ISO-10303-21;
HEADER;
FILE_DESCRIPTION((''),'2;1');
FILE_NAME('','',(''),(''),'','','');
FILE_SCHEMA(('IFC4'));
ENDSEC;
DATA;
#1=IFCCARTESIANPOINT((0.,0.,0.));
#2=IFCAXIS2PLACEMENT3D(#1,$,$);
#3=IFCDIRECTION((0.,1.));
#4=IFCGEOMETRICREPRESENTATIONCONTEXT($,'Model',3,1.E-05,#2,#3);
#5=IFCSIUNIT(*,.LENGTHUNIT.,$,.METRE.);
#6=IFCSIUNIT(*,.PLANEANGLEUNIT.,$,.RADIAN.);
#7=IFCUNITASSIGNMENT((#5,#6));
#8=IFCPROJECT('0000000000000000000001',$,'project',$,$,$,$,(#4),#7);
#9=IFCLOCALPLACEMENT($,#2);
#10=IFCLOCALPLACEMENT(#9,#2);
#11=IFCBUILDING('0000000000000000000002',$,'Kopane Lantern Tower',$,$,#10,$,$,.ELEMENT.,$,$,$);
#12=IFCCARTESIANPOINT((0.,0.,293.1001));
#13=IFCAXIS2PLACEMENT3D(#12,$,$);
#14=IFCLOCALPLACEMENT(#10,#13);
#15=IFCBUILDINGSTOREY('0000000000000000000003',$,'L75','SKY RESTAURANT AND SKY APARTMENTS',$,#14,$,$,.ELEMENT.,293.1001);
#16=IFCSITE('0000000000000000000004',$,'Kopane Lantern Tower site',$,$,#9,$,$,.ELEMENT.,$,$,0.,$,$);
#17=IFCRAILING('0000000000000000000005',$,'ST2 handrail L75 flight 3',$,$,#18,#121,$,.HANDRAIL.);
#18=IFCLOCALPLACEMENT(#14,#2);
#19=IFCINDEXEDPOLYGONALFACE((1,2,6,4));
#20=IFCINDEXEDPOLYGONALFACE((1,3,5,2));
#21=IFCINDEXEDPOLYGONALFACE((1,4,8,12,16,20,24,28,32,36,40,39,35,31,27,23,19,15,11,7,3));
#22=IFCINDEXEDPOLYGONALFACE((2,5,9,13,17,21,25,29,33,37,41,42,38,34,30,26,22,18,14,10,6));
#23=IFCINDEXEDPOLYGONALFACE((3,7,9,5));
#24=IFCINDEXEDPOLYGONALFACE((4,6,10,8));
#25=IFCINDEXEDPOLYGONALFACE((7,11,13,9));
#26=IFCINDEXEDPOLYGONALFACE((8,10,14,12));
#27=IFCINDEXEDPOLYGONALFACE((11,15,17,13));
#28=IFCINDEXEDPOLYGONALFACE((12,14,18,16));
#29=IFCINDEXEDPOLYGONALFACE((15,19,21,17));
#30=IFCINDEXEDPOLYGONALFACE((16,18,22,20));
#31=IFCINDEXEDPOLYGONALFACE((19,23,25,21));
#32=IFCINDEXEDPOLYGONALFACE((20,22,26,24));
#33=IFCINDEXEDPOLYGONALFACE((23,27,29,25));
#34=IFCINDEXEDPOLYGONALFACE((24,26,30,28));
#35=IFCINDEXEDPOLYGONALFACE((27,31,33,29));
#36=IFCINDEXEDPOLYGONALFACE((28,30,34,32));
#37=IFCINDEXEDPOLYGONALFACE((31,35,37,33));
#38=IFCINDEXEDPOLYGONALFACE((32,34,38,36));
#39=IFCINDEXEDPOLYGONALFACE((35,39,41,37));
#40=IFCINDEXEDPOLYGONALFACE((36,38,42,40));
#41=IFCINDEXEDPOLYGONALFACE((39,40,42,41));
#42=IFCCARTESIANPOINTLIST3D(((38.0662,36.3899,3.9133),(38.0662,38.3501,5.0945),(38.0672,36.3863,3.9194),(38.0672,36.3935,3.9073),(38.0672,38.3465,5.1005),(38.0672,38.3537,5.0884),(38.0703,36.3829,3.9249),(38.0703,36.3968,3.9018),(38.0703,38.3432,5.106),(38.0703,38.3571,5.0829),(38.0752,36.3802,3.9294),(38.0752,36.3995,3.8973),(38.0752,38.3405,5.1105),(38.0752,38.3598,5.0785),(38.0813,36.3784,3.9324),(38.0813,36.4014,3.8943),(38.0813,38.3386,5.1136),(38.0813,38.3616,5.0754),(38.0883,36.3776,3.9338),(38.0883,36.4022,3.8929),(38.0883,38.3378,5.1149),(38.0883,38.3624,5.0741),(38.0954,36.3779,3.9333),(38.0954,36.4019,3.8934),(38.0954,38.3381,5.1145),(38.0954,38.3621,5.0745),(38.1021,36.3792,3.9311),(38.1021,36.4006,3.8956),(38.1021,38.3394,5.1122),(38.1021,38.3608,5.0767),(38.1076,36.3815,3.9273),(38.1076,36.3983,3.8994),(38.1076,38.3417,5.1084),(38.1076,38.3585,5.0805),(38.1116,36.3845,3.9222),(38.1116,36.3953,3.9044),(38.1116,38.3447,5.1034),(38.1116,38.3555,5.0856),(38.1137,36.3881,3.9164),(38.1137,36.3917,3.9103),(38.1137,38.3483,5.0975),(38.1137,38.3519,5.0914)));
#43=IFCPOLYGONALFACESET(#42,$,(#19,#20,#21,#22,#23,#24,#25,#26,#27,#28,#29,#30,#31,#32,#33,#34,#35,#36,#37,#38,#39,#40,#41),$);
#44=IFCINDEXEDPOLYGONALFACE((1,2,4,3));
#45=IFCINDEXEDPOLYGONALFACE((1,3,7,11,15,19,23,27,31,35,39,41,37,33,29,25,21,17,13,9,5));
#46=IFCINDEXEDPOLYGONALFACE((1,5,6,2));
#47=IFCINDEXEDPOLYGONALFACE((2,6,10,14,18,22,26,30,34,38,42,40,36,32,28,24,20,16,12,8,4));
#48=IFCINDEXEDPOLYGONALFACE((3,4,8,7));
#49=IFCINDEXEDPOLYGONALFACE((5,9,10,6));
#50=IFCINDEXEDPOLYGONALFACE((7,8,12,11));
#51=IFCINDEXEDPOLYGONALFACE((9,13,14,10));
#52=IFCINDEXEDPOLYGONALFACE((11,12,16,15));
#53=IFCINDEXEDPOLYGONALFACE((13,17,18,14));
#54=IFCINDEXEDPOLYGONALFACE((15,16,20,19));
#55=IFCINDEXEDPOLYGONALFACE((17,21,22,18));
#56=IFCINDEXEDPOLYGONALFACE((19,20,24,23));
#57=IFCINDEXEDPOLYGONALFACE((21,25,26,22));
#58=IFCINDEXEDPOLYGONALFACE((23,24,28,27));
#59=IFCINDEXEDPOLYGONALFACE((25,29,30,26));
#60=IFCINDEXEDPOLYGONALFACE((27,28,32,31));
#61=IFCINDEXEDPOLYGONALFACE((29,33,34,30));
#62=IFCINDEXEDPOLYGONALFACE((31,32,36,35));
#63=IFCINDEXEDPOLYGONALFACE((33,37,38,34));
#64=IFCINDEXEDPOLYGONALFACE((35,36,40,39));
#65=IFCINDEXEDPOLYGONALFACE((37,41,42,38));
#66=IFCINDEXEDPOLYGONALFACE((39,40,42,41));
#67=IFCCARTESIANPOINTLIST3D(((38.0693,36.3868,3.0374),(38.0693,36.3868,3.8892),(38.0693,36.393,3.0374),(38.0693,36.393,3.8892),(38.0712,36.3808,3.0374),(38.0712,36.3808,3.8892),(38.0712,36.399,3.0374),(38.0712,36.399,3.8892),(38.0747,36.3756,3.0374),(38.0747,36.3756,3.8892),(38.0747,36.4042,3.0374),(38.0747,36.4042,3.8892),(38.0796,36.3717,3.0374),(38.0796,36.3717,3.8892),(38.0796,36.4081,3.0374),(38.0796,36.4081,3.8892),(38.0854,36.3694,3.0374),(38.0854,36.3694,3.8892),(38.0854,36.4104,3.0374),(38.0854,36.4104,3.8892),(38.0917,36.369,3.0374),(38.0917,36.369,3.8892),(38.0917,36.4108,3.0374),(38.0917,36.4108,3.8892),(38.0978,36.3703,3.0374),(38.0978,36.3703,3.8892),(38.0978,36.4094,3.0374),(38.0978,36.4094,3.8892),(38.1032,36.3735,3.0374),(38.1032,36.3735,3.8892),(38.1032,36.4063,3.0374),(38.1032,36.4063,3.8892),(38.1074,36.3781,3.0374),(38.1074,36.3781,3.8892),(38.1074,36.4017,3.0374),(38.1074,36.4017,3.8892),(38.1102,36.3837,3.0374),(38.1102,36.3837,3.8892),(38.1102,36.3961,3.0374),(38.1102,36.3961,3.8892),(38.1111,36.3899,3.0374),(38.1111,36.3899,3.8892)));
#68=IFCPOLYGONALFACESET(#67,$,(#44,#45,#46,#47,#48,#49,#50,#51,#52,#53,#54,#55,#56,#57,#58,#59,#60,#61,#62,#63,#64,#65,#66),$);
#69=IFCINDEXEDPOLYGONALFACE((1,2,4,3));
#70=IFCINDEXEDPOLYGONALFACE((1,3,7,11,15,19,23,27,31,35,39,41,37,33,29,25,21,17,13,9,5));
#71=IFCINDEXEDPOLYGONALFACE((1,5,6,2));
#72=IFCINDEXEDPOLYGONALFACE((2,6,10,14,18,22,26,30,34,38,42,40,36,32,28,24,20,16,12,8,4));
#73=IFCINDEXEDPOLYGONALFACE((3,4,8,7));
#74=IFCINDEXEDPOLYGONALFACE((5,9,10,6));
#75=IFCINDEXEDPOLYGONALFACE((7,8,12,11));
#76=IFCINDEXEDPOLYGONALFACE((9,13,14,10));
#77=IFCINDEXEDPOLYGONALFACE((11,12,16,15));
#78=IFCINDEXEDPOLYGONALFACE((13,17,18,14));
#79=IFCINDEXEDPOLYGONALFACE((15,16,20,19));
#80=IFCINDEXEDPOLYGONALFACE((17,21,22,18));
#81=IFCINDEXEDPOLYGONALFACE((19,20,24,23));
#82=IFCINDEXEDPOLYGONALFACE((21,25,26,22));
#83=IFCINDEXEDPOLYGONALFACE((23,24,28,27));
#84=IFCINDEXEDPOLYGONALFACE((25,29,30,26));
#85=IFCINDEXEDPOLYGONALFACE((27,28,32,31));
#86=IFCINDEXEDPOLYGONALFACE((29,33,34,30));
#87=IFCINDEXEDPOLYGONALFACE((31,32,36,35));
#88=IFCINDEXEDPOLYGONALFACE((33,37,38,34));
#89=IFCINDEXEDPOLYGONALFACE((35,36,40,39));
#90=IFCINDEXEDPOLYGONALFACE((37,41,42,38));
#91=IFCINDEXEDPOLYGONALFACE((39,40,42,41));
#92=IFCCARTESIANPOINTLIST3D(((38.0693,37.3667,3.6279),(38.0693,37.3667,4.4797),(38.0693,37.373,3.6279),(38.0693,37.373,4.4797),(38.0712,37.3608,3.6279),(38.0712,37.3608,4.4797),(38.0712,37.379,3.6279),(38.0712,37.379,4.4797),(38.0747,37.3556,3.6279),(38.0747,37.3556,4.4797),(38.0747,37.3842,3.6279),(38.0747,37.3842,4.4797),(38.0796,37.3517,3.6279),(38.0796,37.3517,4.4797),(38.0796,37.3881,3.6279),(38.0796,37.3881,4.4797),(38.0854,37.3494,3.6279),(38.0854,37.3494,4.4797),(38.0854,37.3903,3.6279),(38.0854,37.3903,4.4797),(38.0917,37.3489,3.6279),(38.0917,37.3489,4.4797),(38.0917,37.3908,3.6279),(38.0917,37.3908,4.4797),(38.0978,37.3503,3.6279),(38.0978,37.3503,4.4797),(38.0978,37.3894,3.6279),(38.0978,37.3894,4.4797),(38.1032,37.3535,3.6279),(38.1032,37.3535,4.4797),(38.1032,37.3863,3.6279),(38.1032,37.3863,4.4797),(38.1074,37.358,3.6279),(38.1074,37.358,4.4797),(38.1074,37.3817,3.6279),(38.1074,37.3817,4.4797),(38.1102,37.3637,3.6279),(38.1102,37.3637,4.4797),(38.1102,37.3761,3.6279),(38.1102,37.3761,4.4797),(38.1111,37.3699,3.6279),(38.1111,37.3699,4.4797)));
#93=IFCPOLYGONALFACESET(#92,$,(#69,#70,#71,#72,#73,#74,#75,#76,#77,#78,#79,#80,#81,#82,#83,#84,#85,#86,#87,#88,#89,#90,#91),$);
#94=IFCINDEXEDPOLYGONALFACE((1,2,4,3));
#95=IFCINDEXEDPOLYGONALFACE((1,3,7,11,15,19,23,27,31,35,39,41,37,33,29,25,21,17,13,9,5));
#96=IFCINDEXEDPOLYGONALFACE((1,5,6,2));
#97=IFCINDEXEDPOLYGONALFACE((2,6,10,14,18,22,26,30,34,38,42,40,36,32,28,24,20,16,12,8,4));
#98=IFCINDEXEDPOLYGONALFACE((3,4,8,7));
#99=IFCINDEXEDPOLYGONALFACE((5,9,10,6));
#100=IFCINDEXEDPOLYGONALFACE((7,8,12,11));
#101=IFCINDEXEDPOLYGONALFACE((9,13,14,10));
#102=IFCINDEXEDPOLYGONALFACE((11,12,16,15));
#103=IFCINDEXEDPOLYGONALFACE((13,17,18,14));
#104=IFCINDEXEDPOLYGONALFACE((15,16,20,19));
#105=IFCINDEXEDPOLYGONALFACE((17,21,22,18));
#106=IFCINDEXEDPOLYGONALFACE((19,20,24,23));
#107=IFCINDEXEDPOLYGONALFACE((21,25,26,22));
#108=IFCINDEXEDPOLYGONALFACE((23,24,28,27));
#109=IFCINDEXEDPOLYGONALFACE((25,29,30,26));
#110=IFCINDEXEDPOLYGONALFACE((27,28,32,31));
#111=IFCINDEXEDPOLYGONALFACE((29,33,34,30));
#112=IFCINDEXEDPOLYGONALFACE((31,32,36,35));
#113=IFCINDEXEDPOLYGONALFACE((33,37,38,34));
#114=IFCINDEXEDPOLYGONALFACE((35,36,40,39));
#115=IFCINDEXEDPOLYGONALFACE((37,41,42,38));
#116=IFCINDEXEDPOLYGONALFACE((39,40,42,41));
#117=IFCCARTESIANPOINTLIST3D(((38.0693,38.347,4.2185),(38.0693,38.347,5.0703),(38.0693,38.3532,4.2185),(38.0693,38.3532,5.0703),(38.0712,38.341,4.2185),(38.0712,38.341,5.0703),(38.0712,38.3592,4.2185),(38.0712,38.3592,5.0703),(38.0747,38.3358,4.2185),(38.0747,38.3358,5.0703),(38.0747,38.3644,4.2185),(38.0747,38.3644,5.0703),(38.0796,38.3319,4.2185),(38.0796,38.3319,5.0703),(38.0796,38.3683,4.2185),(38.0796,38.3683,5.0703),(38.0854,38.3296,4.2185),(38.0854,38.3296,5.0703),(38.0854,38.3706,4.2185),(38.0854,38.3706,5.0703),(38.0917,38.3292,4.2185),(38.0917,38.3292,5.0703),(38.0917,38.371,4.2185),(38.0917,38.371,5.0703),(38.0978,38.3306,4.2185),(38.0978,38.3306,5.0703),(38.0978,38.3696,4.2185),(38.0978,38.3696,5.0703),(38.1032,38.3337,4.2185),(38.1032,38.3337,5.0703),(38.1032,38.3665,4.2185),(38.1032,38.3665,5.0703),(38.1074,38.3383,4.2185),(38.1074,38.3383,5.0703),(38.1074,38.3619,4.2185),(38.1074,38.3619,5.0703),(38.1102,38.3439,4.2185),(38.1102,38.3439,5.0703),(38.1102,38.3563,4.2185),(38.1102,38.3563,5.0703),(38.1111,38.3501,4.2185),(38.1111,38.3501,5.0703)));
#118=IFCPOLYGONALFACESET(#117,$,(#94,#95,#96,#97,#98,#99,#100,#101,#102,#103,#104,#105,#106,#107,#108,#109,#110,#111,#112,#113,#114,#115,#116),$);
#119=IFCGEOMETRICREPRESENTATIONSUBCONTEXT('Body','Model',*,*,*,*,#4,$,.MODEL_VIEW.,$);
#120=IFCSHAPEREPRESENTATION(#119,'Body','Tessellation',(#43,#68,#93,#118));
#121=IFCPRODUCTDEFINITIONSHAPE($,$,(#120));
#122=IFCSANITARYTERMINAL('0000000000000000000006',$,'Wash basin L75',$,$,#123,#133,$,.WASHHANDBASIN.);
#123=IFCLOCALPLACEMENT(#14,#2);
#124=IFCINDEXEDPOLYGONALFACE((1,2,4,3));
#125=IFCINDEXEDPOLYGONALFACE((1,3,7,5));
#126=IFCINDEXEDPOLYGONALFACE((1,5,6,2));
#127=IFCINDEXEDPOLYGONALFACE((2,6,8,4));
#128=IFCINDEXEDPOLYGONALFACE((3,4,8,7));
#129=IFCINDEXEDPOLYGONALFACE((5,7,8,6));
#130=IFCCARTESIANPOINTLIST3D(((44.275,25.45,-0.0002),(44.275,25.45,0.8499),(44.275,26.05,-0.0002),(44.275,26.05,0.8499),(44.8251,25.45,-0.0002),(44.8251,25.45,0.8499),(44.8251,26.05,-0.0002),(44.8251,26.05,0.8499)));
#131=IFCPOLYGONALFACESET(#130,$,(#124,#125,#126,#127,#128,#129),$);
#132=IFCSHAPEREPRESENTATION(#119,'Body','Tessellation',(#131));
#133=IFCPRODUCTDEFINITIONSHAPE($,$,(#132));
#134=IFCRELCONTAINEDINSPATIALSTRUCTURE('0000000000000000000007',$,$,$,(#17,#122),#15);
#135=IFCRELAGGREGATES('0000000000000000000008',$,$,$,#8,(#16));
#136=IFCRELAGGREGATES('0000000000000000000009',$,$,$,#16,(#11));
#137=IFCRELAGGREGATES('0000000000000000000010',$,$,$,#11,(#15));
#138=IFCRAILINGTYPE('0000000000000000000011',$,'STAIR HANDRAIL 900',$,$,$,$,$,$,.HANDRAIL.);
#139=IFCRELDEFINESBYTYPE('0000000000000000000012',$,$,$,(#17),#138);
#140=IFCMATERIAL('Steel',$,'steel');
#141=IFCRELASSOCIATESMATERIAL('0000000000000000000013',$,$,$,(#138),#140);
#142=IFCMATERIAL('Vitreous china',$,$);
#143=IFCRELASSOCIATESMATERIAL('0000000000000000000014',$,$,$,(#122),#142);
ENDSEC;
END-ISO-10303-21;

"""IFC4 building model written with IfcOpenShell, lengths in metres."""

from ifc_helpers import new_model, si_unit, direction, frame, origin, origin_2d, place, context, subcontext, project, spatial, rectangle, circle, extrude, material, type_object, element, save


model = new_model("IFC4")

# Units and contexts
model_context = context("Model", 3, precision=1e-05, world=origin(), true_north=direction((0.0, 1.0)))
body_context = subcontext(model_context, "Body", "Model", "MODEL_VIEW")
ifc_project = project(units=[si_unit("LENGTHUNIT", "METRE"), si_unit("PLANEANGLEUNIT", "RADIAN")], contexts=[model_context])

# Site, building, storey
site_placement = place(None, origin())
site = spatial("IfcSite", under=ifc_project, at=site_placement, Name="Kopane Lantern Tower site", CompositionType="ELEMENT", RefElevation=0.0)
building_placement = place(site_placement, origin())
building = spatial("IfcBuilding", under=site, at=building_placement, Name="Kopane Lantern Tower", CompositionType="ELEMENT")
storey_placement = place(building_placement, frame((0.0, 0.0, 293.1001)))
storey = spatial("IfcBuildingStorey", under=building, at=storey_placement, Name="L75", Description="SKY RESTAURANT AND SKY APARTMENTS", CompositionType="ELEMENT", Elevation=293.1001)

# Railing
ifc_material_1 = material(Name="Steel", Category="steel")
railing_type_1 = type_object("IfcRailingType", Name="STAIR HANDRAIL 900", PredefinedType="HANDRAIL", material=ifc_material_1)
railing_1_placement = place(storey_placement, frame((38.0901, 36.3899, 3.0374)))
element("IfcRailing", 1, at=railing_1_placement, inside=storey, type_object=railing_type_1, Name="ST2 handrail L75 flight 3", PredefinedType="HANDRAIL", context=body_context, shape_type="SweptSolid", body=[
    extrude(circle(Radius=0.0239, at=origin_2d()), frame((0.0, 0.0, 0.876), z_axis=(0.0, 0.856522, 0.516111), x_axis=(-1.0, 0.0, 0.0)), (0.0, 0.0, 1.0), 2.2886),
    extrude(circle(Radius=0.021, at=origin_2d()), origin(), (0.0, 0.0, 1.0), 0.8518),
    extrude(circle(Radius=0.021, at=origin_2d()), frame((0.0, 0.98, 0.5906)), (0.0, 0.0, 1.0), 0.8518),
    extrude(circle(Radius=0.021, at=origin_2d()), frame((0.0, 1.9602, 1.1812)), (0.0, 0.0, 1.0), 0.8518),
])

# Sanitary terminal
ifc_material_2 = material(Name="Vitreous china")
sanitary_terminal_placement = place(storey_placement, frame((44.55, 25.75, -0.0002), z_axis=(0.0, 0.0, 1.0), x_axis=(1.0, 0.0, 0.0)))
element("IfcSanitaryTerminal", 2, at=sanitary_terminal_placement, inside=storey, material=ifc_material_2, Name="Wash basin L75", PredefinedType="WASHHANDBASIN", context=body_context, shape_type="SweptSolid", body=[
    extrude(rectangle(XDim=0.55, YDim=0.6001, at=origin_2d()), origin(), (0.0, 0.0, 1.0), 0.8501),
])

save(model, "model.ifc")
